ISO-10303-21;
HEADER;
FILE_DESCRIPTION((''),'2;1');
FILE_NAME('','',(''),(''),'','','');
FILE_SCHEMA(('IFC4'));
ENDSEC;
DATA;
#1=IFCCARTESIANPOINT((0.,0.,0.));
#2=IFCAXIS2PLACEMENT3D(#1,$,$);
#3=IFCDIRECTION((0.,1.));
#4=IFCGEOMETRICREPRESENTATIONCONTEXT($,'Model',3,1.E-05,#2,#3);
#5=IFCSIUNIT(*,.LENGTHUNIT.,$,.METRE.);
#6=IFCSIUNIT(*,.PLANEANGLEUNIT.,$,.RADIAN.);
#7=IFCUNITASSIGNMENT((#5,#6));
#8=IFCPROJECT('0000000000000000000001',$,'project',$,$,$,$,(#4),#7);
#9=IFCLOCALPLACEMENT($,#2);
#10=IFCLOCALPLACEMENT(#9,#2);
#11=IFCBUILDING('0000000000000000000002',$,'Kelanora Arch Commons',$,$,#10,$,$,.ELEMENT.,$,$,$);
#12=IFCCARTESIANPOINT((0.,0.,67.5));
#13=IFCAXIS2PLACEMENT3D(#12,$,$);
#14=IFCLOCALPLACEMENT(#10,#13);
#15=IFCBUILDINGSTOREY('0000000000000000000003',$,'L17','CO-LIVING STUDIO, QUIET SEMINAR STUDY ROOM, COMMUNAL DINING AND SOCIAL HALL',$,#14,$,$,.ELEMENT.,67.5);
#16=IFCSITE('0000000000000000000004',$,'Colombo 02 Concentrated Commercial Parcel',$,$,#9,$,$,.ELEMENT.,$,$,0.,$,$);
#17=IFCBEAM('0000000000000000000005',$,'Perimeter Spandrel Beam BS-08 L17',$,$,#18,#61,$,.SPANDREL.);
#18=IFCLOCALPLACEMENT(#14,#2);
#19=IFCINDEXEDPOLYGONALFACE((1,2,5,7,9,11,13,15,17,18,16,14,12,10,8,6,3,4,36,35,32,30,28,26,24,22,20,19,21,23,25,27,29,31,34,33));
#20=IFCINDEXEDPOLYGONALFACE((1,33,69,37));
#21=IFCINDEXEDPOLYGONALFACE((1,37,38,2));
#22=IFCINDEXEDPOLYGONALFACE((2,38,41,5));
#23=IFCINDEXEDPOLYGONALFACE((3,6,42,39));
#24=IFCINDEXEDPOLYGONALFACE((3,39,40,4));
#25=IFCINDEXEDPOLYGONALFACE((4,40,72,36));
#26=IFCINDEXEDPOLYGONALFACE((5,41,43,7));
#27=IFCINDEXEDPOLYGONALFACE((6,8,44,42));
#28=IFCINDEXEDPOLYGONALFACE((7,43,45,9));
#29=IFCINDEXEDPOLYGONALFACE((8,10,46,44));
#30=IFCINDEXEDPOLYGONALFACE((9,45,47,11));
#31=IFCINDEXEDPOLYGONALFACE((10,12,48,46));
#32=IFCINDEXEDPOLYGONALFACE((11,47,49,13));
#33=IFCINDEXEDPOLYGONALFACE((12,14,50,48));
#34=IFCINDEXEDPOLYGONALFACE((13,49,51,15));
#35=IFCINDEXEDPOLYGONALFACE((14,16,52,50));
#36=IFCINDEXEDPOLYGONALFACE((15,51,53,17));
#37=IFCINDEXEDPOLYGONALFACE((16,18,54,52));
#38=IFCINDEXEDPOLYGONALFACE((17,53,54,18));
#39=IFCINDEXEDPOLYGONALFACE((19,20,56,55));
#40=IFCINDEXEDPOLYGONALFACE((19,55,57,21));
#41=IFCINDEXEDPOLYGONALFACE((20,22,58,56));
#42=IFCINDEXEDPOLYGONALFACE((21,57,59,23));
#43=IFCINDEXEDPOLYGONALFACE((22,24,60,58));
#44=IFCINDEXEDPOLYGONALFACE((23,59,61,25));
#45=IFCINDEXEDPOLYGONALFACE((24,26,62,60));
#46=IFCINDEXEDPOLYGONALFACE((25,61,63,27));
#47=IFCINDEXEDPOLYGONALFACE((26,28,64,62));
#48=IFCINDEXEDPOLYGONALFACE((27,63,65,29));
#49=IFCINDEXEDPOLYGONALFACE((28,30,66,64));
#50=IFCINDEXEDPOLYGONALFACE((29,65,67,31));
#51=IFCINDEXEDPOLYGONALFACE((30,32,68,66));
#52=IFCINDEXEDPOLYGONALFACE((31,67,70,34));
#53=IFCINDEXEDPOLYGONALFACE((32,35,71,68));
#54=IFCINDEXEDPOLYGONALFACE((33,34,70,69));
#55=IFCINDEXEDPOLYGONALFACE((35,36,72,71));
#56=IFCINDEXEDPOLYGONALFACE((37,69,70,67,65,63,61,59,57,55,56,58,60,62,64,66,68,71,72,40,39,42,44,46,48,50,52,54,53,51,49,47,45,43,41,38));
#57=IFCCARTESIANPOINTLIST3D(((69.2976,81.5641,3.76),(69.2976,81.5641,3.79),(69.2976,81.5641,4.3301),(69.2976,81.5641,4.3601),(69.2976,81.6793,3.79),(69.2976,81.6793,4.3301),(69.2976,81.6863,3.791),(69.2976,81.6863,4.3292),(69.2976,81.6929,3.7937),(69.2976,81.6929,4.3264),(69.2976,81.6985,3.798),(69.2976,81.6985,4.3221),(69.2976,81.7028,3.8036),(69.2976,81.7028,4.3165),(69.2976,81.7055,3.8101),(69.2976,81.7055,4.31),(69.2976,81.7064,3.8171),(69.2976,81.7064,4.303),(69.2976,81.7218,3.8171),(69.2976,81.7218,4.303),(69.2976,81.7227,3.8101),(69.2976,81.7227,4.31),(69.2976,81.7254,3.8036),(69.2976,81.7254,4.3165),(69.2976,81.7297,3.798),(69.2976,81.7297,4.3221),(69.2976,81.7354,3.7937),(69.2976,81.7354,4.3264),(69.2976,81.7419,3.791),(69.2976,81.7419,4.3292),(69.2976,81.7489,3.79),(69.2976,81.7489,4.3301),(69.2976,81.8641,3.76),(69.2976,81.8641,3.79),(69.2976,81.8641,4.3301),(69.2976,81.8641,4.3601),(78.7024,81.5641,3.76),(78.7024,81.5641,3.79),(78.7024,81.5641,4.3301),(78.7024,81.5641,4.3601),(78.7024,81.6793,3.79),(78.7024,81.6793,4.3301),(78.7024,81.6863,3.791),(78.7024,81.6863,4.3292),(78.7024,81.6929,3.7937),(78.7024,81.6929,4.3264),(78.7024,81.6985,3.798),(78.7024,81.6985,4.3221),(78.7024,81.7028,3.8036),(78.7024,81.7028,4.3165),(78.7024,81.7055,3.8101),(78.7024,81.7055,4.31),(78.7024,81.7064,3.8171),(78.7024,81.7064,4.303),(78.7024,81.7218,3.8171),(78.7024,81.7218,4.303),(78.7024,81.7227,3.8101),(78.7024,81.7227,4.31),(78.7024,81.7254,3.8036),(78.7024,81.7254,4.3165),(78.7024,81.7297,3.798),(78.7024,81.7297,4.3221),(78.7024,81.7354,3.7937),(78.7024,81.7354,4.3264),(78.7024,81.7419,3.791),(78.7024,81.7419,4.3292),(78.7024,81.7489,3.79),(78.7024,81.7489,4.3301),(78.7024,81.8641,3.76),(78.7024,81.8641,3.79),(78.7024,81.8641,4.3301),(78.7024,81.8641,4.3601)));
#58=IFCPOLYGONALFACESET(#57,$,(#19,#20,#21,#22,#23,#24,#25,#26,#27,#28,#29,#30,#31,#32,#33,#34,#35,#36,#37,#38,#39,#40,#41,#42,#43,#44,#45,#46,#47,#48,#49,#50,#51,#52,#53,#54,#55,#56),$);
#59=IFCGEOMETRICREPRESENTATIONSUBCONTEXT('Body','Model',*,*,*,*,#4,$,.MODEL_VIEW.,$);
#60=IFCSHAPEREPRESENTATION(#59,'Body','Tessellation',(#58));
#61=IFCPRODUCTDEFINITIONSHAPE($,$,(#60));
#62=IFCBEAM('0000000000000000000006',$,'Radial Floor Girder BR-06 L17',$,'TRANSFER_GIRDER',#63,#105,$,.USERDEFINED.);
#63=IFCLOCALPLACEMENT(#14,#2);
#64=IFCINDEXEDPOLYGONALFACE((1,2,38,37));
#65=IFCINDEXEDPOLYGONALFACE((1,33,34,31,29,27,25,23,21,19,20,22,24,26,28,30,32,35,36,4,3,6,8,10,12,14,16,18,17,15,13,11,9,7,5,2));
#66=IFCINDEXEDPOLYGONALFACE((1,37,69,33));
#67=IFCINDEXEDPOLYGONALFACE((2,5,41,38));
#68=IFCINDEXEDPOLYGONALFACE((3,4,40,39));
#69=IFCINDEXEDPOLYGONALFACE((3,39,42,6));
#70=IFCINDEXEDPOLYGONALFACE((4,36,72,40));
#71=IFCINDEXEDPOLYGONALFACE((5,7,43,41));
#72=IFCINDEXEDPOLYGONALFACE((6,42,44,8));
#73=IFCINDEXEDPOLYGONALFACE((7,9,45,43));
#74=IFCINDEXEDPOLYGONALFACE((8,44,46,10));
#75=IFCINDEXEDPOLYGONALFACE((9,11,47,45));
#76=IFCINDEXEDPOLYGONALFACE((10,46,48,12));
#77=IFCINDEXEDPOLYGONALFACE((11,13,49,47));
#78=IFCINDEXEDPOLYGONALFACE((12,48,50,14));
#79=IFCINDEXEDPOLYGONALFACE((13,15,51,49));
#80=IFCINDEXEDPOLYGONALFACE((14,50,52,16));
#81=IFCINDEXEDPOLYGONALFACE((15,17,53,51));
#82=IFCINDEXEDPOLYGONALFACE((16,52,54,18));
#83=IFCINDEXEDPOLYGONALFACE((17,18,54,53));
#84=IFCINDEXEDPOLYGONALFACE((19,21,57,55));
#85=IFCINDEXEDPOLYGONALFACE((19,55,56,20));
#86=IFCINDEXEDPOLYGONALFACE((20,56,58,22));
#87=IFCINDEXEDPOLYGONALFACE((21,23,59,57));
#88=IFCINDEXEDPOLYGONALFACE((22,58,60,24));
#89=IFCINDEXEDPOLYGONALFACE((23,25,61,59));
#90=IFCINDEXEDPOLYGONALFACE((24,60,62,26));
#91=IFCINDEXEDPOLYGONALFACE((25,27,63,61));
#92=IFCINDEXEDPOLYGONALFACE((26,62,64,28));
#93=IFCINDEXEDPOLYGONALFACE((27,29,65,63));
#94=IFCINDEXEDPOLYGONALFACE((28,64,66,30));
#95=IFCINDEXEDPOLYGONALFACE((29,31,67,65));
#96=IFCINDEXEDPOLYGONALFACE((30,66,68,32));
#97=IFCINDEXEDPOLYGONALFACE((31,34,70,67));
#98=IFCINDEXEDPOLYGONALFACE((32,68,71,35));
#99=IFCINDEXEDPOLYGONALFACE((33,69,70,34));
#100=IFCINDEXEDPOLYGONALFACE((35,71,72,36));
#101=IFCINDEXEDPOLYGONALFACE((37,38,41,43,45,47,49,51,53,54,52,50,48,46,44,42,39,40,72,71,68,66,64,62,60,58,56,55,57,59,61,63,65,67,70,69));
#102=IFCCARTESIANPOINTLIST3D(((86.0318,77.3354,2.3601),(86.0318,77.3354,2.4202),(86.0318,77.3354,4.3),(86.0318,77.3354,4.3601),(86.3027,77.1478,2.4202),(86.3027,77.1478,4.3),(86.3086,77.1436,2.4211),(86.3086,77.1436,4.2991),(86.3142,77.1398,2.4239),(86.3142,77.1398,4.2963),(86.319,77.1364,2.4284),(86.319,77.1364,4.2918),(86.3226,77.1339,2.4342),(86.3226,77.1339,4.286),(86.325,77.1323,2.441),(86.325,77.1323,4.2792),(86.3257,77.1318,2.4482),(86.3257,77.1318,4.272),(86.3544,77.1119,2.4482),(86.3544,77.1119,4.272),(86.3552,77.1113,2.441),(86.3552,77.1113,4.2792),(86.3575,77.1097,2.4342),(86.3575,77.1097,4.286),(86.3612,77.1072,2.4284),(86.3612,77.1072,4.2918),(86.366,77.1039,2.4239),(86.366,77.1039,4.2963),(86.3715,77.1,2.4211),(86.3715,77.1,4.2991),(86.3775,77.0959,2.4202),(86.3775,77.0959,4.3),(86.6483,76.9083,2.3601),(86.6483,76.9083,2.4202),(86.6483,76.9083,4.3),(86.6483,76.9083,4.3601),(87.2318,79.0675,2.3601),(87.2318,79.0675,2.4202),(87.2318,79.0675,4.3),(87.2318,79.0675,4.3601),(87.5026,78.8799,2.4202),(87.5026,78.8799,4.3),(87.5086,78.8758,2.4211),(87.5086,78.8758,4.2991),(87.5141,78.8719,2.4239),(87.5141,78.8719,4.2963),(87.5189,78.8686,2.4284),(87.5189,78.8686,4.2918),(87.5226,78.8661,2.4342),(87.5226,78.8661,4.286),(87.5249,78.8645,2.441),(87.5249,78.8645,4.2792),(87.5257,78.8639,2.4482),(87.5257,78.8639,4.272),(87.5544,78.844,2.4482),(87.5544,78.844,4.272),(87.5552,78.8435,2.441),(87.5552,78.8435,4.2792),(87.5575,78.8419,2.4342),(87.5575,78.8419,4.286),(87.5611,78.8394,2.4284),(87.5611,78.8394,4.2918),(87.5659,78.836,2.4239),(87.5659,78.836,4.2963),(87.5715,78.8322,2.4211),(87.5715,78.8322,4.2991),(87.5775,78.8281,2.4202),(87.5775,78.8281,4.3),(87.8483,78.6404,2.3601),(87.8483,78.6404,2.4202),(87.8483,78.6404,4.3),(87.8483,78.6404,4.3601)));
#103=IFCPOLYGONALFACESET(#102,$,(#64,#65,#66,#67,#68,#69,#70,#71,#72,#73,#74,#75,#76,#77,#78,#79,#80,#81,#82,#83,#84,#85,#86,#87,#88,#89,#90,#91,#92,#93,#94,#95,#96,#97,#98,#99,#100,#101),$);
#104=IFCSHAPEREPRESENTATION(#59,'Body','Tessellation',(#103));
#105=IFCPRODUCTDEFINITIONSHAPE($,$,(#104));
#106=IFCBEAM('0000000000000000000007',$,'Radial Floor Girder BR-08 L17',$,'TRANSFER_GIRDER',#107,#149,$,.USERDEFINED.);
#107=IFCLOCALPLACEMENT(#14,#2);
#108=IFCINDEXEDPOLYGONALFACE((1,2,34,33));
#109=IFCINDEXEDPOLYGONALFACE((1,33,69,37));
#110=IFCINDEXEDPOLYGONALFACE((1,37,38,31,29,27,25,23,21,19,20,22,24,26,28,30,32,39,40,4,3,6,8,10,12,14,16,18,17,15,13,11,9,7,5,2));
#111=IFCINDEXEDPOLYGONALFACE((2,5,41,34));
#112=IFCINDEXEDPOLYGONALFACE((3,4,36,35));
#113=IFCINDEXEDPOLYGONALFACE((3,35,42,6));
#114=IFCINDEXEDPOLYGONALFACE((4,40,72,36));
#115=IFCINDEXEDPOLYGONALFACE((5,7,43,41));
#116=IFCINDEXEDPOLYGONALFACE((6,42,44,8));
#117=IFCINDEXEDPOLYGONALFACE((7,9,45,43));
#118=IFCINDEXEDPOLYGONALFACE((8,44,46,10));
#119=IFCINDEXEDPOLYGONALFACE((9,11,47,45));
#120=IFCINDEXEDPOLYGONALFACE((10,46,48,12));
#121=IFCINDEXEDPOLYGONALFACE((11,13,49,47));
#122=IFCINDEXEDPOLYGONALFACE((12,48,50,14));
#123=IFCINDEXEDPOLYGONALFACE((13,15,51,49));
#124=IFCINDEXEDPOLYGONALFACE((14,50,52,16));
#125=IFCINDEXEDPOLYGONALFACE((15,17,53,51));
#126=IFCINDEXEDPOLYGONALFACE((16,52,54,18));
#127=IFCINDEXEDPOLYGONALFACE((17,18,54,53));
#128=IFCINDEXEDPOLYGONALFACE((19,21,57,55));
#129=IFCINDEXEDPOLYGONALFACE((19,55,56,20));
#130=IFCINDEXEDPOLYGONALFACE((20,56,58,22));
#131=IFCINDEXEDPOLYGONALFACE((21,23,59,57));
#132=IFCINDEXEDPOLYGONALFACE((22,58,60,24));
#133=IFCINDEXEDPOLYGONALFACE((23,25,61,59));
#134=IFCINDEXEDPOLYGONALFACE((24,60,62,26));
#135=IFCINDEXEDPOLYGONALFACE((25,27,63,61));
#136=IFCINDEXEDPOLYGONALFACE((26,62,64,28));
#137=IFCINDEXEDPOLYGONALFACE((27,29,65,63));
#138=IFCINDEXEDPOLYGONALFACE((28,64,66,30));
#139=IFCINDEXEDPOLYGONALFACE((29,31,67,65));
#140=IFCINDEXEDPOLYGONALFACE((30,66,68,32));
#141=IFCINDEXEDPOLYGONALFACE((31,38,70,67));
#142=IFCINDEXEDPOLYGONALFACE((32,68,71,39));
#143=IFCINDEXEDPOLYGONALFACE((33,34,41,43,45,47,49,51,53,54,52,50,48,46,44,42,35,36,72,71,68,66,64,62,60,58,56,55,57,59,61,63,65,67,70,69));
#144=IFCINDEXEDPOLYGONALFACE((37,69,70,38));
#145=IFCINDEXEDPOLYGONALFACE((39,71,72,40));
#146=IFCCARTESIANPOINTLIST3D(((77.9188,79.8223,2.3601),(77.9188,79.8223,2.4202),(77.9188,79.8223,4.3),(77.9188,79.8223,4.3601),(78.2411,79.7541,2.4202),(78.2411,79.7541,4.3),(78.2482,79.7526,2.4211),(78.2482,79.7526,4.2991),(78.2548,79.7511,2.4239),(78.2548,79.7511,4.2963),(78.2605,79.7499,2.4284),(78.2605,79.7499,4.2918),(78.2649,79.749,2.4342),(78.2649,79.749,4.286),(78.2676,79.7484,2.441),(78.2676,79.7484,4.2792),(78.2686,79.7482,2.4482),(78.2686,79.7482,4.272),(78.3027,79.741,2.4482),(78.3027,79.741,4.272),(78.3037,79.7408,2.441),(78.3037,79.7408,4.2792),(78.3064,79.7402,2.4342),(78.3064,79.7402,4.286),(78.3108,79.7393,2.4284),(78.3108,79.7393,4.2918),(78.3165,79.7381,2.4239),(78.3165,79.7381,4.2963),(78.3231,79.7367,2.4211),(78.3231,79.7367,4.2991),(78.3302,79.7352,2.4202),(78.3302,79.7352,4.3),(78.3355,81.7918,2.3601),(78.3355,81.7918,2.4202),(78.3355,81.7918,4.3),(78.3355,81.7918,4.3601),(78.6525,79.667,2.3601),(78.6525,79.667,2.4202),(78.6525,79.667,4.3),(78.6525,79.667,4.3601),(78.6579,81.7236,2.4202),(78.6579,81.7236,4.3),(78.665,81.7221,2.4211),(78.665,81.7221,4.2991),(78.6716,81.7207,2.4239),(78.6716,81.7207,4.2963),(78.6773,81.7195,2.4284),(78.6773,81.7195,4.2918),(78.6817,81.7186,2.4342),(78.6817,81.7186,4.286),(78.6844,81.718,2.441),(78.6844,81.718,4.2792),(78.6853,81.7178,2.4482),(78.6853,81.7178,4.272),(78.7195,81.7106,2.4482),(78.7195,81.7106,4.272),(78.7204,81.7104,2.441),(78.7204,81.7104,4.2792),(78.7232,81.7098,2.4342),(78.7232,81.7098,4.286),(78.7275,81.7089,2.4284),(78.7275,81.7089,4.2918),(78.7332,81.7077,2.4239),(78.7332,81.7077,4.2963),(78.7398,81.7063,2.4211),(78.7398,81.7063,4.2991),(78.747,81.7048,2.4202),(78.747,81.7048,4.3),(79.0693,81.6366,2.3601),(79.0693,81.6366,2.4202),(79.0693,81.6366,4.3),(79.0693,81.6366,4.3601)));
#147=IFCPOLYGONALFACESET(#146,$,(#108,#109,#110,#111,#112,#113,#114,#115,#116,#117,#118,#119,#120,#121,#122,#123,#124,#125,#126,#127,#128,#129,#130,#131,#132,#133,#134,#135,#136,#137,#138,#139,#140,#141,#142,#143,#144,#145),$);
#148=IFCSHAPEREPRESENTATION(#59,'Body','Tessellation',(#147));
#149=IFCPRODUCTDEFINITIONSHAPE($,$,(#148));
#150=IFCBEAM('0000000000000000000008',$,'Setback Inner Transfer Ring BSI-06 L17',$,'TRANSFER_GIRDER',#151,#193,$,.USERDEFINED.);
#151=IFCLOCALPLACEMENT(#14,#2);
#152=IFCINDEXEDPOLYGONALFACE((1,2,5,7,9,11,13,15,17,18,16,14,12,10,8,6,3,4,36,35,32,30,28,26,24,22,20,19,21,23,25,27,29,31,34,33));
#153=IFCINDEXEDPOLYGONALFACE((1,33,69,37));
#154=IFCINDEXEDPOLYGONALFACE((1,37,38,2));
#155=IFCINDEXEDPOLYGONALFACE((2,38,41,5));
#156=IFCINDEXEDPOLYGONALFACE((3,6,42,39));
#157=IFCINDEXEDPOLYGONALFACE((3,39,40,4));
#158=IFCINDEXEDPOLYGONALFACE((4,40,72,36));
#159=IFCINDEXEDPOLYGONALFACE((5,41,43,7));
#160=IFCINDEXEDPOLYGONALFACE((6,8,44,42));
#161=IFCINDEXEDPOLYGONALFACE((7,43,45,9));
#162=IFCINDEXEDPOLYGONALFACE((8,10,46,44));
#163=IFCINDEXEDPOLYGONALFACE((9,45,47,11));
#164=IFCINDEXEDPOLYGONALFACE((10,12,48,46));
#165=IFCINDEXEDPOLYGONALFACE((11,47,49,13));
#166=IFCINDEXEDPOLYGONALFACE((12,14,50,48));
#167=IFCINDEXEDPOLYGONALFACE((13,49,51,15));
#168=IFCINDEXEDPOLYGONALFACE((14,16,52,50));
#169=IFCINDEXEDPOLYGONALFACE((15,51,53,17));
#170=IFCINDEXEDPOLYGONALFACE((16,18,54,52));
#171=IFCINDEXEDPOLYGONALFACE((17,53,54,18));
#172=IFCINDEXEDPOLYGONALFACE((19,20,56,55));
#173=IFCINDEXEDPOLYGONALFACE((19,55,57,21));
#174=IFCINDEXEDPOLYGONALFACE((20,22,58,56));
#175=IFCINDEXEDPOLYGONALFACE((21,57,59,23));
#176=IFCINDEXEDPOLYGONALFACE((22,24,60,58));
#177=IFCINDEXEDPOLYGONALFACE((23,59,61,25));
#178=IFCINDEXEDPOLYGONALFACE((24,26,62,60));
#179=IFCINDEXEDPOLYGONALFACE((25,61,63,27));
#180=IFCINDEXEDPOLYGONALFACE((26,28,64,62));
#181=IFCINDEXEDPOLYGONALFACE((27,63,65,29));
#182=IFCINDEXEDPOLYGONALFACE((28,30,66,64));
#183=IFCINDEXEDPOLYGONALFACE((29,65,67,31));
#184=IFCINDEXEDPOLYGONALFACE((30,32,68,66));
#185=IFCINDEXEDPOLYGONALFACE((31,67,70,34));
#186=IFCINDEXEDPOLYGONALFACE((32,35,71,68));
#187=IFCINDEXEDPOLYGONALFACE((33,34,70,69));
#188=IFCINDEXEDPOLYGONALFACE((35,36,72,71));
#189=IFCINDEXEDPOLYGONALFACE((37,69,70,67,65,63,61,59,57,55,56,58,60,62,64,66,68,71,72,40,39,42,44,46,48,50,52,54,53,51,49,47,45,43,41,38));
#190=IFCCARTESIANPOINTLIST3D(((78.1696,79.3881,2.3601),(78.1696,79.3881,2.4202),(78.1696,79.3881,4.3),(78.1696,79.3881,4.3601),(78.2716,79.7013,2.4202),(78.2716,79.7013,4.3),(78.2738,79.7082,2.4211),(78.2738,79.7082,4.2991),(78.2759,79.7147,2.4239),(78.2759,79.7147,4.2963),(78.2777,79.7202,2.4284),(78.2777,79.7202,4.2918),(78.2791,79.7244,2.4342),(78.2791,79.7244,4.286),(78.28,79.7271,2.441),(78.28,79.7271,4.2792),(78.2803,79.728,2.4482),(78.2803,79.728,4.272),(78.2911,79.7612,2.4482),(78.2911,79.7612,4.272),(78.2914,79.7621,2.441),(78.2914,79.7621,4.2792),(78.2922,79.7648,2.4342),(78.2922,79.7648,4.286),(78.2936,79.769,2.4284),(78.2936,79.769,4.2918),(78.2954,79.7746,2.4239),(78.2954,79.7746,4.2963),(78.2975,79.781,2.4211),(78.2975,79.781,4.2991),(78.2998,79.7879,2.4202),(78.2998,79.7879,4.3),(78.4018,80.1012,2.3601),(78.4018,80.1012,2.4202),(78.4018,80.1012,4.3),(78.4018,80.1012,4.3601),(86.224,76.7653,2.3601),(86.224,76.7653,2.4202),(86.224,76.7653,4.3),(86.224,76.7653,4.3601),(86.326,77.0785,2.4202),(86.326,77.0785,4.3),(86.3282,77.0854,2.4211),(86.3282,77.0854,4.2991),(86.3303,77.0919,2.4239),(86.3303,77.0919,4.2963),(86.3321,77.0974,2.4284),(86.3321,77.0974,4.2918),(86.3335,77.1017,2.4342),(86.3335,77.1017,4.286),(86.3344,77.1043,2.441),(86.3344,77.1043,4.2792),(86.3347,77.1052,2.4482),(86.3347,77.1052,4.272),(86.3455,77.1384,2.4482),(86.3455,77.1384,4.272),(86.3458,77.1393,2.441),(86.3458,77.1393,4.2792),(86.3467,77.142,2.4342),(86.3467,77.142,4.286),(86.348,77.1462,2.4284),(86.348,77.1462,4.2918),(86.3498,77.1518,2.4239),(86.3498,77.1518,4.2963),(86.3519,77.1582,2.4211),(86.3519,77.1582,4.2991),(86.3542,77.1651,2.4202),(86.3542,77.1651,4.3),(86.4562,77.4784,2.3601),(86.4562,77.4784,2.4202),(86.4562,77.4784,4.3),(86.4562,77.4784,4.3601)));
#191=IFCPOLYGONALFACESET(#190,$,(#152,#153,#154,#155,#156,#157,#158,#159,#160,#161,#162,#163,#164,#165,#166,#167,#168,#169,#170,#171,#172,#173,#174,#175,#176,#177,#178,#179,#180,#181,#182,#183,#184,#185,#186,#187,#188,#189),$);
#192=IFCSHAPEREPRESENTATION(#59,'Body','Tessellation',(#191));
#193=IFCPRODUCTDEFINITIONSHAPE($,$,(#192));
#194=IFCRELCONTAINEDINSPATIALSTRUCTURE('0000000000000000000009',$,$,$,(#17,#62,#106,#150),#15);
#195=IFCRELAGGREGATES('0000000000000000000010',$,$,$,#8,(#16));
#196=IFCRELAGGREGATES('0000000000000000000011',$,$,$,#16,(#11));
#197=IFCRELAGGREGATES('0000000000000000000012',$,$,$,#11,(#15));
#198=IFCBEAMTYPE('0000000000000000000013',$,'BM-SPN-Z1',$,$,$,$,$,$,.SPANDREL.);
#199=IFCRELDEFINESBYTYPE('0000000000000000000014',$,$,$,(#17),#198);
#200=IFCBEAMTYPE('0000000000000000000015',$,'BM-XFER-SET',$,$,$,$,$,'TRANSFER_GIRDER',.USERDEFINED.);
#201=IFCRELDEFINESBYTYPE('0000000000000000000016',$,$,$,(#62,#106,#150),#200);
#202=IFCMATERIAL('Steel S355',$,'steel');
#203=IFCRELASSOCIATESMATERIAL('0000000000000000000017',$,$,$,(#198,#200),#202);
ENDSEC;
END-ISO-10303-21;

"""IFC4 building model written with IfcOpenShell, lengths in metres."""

from ifc_helpers import new_model, si_unit, direction, frame, origin, origin_2d, place, context, subcontext, project, spatial, i_section, extrude, material, material_profile, profile_set, type_object, element, save


model = new_model("IFC4")

# Units and contexts
model_context = context("Model", 3, precision=1e-05, world=origin(), true_north=direction((0.0, 1.0)))
body_context = subcontext(model_context, "Body", "Model", "MODEL_VIEW")
ifc_project = project(units=[si_unit("LENGTHUNIT", "METRE"), si_unit("PLANEANGLEUNIT", "RADIAN")], contexts=[model_context])

# Site, building, storey
site_placement = place(None, origin())
site = spatial("IfcSite", under=ifc_project, at=site_placement, Name="Colombo 02 Concentrated Commercial Parcel", CompositionType="ELEMENT", RefElevation=0.0)
building_placement = place(site_placement, origin())
building = spatial("IfcBuilding", under=site, at=building_placement, Name="Kelanora Arch Commons", CompositionType="ELEMENT")
storey_placement = place(building_placement, frame((0.0, 0.0, 67.5)))
storey = spatial("IfcBuildingStorey", under=building, at=storey_placement, Name="L17", Description="CO-LIVING STUDIO, QUIET SEMINAR STUDY ROOM, COMMUNAL DINING AND SOCIAL HALL", CompositionType="ELEMENT", Elevation=67.5)

# Beams
ifc_material_1 = material(Name="Steel S355", Category="steel")
ifc_material_profile_1 = material_profile(ifc_material_1, i_section(OverallWidth=0.3, OverallDepth=0.6001, WebThickness=0.0154, FlangeThickness=0.03, FilletRadius=0.0271, at=origin_2d()), Name="HEB600")
ifc_profile_set_1 = profile_set([ifc_material_profile_1], Name="Steel S355")
beam_type_1 = type_object("IfcBeamType", Name="BM-SPN-Z1", PredefinedType="SPANDREL", material=ifc_profile_set_1)
beam_1_placement = place(storey_placement, frame((78.7024, 81.7141, 4.0601), z_axis=(-1.0, 0.0, 0.0), x_axis=(0.0, -1.0, 0.0)))
element("IfcBeam", 1, at=beam_1_placement, inside=storey, type_object=beam_type_1, Name="Perimeter Spandrel Beam BS-08 L17", PredefinedType="SPANDREL", context=body_context, shape_type="SweptSolid", body=[
    extrude(i_section(OverallWidth=0.3, OverallDepth=0.6001, WebThickness=0.0154, FlangeThickness=0.03, FilletRadius=0.0271, at=origin_2d()), origin(), (0.0, 0.0, 1.0), 9.4048),
])
ifc_material_profile_2 = material_profile(ifc_material_1, i_section(OverallWidth=0.75, OverallDepth=2.0, WebThickness=0.0349, FlangeThickness=0.0601, FilletRadius=0.0281, at=origin_2d()), Name="PG2000x750")
ifc_profile_set_2 = profile_set([ifc_material_profile_2], Name="Steel S355")
beam_type_2 = type_object("IfcBeamType", Name="BM-XFER-SET", ElementType="TRANSFER_GIRDER", PredefinedType="USERDEFINED", material=ifc_profile_set_2)
beam_2_placement = place(storey_placement, frame((86.3401, 77.1218, 3.3601), z_axis=(0.569451, 0.822025, 0.0), x_axis=(-0.822025, 0.569451, 0.0)))
element("IfcBeam", 2, at=beam_2_placement, inside=storey, type_object=beam_type_2, Name="Radial Floor Girder BR-06 L17", ObjectType="TRANSFER_GIRDER", PredefinedType="USERDEFINED", context=body_context, shape_type="SweptSolid", body=[
    extrude(i_section(OverallWidth=0.75, OverallDepth=2.0, WebThickness=0.0349, FlangeThickness=0.0601, FilletRadius=0.0281, at=origin_2d()), origin(), (0.0, 0.0, 1.0), 2.1072),
])
beam_3_placement = place(storey_placement, frame((78.2856, 79.7446, 3.3601), z_axis=(0.207019, 0.978337, 0.0), x_axis=(-0.978337, 0.207019, 0.0)))
element("IfcBeam", 3, at=beam_3_placement, inside=storey, type_object=beam_type_2, Name="Radial Floor Girder BR-08 L17", ObjectType="TRANSFER_GIRDER", PredefinedType="USERDEFINED", context=body_context, shape_type="SweptSolid", body=[
    extrude(i_section(OverallWidth=0.75, OverallDepth=2.0, WebThickness=0.0349, FlangeThickness=0.0601, FilletRadius=0.0281, at=origin_2d()), origin(), (0.0, 0.0, 1.0), 2.0132),
])
beam_4_placement = place(storey_placement, frame((86.3401, 77.1218, 3.3601), z_axis=(-0.950857, 0.309631, 0.0), x_axis=(-0.309631, -0.950857, 0.0)))
element("IfcBeam", 4, at=beam_4_placement, inside=storey, type_object=beam_type_2, Name="Setback Inner Transfer Ring BSI-06 L17", ObjectType="TRANSFER_GIRDER", PredefinedType="USERDEFINED", context=body_context, shape_type="SweptSolid", body=[
    extrude(i_section(OverallWidth=0.75, OverallDepth=2.0, WebThickness=0.0349, FlangeThickness=0.0601, FilletRadius=0.0281, at=origin_2d()), origin(), (0.0, 0.0, 1.0), 8.4707),
])

save(model, "model.ifc")
